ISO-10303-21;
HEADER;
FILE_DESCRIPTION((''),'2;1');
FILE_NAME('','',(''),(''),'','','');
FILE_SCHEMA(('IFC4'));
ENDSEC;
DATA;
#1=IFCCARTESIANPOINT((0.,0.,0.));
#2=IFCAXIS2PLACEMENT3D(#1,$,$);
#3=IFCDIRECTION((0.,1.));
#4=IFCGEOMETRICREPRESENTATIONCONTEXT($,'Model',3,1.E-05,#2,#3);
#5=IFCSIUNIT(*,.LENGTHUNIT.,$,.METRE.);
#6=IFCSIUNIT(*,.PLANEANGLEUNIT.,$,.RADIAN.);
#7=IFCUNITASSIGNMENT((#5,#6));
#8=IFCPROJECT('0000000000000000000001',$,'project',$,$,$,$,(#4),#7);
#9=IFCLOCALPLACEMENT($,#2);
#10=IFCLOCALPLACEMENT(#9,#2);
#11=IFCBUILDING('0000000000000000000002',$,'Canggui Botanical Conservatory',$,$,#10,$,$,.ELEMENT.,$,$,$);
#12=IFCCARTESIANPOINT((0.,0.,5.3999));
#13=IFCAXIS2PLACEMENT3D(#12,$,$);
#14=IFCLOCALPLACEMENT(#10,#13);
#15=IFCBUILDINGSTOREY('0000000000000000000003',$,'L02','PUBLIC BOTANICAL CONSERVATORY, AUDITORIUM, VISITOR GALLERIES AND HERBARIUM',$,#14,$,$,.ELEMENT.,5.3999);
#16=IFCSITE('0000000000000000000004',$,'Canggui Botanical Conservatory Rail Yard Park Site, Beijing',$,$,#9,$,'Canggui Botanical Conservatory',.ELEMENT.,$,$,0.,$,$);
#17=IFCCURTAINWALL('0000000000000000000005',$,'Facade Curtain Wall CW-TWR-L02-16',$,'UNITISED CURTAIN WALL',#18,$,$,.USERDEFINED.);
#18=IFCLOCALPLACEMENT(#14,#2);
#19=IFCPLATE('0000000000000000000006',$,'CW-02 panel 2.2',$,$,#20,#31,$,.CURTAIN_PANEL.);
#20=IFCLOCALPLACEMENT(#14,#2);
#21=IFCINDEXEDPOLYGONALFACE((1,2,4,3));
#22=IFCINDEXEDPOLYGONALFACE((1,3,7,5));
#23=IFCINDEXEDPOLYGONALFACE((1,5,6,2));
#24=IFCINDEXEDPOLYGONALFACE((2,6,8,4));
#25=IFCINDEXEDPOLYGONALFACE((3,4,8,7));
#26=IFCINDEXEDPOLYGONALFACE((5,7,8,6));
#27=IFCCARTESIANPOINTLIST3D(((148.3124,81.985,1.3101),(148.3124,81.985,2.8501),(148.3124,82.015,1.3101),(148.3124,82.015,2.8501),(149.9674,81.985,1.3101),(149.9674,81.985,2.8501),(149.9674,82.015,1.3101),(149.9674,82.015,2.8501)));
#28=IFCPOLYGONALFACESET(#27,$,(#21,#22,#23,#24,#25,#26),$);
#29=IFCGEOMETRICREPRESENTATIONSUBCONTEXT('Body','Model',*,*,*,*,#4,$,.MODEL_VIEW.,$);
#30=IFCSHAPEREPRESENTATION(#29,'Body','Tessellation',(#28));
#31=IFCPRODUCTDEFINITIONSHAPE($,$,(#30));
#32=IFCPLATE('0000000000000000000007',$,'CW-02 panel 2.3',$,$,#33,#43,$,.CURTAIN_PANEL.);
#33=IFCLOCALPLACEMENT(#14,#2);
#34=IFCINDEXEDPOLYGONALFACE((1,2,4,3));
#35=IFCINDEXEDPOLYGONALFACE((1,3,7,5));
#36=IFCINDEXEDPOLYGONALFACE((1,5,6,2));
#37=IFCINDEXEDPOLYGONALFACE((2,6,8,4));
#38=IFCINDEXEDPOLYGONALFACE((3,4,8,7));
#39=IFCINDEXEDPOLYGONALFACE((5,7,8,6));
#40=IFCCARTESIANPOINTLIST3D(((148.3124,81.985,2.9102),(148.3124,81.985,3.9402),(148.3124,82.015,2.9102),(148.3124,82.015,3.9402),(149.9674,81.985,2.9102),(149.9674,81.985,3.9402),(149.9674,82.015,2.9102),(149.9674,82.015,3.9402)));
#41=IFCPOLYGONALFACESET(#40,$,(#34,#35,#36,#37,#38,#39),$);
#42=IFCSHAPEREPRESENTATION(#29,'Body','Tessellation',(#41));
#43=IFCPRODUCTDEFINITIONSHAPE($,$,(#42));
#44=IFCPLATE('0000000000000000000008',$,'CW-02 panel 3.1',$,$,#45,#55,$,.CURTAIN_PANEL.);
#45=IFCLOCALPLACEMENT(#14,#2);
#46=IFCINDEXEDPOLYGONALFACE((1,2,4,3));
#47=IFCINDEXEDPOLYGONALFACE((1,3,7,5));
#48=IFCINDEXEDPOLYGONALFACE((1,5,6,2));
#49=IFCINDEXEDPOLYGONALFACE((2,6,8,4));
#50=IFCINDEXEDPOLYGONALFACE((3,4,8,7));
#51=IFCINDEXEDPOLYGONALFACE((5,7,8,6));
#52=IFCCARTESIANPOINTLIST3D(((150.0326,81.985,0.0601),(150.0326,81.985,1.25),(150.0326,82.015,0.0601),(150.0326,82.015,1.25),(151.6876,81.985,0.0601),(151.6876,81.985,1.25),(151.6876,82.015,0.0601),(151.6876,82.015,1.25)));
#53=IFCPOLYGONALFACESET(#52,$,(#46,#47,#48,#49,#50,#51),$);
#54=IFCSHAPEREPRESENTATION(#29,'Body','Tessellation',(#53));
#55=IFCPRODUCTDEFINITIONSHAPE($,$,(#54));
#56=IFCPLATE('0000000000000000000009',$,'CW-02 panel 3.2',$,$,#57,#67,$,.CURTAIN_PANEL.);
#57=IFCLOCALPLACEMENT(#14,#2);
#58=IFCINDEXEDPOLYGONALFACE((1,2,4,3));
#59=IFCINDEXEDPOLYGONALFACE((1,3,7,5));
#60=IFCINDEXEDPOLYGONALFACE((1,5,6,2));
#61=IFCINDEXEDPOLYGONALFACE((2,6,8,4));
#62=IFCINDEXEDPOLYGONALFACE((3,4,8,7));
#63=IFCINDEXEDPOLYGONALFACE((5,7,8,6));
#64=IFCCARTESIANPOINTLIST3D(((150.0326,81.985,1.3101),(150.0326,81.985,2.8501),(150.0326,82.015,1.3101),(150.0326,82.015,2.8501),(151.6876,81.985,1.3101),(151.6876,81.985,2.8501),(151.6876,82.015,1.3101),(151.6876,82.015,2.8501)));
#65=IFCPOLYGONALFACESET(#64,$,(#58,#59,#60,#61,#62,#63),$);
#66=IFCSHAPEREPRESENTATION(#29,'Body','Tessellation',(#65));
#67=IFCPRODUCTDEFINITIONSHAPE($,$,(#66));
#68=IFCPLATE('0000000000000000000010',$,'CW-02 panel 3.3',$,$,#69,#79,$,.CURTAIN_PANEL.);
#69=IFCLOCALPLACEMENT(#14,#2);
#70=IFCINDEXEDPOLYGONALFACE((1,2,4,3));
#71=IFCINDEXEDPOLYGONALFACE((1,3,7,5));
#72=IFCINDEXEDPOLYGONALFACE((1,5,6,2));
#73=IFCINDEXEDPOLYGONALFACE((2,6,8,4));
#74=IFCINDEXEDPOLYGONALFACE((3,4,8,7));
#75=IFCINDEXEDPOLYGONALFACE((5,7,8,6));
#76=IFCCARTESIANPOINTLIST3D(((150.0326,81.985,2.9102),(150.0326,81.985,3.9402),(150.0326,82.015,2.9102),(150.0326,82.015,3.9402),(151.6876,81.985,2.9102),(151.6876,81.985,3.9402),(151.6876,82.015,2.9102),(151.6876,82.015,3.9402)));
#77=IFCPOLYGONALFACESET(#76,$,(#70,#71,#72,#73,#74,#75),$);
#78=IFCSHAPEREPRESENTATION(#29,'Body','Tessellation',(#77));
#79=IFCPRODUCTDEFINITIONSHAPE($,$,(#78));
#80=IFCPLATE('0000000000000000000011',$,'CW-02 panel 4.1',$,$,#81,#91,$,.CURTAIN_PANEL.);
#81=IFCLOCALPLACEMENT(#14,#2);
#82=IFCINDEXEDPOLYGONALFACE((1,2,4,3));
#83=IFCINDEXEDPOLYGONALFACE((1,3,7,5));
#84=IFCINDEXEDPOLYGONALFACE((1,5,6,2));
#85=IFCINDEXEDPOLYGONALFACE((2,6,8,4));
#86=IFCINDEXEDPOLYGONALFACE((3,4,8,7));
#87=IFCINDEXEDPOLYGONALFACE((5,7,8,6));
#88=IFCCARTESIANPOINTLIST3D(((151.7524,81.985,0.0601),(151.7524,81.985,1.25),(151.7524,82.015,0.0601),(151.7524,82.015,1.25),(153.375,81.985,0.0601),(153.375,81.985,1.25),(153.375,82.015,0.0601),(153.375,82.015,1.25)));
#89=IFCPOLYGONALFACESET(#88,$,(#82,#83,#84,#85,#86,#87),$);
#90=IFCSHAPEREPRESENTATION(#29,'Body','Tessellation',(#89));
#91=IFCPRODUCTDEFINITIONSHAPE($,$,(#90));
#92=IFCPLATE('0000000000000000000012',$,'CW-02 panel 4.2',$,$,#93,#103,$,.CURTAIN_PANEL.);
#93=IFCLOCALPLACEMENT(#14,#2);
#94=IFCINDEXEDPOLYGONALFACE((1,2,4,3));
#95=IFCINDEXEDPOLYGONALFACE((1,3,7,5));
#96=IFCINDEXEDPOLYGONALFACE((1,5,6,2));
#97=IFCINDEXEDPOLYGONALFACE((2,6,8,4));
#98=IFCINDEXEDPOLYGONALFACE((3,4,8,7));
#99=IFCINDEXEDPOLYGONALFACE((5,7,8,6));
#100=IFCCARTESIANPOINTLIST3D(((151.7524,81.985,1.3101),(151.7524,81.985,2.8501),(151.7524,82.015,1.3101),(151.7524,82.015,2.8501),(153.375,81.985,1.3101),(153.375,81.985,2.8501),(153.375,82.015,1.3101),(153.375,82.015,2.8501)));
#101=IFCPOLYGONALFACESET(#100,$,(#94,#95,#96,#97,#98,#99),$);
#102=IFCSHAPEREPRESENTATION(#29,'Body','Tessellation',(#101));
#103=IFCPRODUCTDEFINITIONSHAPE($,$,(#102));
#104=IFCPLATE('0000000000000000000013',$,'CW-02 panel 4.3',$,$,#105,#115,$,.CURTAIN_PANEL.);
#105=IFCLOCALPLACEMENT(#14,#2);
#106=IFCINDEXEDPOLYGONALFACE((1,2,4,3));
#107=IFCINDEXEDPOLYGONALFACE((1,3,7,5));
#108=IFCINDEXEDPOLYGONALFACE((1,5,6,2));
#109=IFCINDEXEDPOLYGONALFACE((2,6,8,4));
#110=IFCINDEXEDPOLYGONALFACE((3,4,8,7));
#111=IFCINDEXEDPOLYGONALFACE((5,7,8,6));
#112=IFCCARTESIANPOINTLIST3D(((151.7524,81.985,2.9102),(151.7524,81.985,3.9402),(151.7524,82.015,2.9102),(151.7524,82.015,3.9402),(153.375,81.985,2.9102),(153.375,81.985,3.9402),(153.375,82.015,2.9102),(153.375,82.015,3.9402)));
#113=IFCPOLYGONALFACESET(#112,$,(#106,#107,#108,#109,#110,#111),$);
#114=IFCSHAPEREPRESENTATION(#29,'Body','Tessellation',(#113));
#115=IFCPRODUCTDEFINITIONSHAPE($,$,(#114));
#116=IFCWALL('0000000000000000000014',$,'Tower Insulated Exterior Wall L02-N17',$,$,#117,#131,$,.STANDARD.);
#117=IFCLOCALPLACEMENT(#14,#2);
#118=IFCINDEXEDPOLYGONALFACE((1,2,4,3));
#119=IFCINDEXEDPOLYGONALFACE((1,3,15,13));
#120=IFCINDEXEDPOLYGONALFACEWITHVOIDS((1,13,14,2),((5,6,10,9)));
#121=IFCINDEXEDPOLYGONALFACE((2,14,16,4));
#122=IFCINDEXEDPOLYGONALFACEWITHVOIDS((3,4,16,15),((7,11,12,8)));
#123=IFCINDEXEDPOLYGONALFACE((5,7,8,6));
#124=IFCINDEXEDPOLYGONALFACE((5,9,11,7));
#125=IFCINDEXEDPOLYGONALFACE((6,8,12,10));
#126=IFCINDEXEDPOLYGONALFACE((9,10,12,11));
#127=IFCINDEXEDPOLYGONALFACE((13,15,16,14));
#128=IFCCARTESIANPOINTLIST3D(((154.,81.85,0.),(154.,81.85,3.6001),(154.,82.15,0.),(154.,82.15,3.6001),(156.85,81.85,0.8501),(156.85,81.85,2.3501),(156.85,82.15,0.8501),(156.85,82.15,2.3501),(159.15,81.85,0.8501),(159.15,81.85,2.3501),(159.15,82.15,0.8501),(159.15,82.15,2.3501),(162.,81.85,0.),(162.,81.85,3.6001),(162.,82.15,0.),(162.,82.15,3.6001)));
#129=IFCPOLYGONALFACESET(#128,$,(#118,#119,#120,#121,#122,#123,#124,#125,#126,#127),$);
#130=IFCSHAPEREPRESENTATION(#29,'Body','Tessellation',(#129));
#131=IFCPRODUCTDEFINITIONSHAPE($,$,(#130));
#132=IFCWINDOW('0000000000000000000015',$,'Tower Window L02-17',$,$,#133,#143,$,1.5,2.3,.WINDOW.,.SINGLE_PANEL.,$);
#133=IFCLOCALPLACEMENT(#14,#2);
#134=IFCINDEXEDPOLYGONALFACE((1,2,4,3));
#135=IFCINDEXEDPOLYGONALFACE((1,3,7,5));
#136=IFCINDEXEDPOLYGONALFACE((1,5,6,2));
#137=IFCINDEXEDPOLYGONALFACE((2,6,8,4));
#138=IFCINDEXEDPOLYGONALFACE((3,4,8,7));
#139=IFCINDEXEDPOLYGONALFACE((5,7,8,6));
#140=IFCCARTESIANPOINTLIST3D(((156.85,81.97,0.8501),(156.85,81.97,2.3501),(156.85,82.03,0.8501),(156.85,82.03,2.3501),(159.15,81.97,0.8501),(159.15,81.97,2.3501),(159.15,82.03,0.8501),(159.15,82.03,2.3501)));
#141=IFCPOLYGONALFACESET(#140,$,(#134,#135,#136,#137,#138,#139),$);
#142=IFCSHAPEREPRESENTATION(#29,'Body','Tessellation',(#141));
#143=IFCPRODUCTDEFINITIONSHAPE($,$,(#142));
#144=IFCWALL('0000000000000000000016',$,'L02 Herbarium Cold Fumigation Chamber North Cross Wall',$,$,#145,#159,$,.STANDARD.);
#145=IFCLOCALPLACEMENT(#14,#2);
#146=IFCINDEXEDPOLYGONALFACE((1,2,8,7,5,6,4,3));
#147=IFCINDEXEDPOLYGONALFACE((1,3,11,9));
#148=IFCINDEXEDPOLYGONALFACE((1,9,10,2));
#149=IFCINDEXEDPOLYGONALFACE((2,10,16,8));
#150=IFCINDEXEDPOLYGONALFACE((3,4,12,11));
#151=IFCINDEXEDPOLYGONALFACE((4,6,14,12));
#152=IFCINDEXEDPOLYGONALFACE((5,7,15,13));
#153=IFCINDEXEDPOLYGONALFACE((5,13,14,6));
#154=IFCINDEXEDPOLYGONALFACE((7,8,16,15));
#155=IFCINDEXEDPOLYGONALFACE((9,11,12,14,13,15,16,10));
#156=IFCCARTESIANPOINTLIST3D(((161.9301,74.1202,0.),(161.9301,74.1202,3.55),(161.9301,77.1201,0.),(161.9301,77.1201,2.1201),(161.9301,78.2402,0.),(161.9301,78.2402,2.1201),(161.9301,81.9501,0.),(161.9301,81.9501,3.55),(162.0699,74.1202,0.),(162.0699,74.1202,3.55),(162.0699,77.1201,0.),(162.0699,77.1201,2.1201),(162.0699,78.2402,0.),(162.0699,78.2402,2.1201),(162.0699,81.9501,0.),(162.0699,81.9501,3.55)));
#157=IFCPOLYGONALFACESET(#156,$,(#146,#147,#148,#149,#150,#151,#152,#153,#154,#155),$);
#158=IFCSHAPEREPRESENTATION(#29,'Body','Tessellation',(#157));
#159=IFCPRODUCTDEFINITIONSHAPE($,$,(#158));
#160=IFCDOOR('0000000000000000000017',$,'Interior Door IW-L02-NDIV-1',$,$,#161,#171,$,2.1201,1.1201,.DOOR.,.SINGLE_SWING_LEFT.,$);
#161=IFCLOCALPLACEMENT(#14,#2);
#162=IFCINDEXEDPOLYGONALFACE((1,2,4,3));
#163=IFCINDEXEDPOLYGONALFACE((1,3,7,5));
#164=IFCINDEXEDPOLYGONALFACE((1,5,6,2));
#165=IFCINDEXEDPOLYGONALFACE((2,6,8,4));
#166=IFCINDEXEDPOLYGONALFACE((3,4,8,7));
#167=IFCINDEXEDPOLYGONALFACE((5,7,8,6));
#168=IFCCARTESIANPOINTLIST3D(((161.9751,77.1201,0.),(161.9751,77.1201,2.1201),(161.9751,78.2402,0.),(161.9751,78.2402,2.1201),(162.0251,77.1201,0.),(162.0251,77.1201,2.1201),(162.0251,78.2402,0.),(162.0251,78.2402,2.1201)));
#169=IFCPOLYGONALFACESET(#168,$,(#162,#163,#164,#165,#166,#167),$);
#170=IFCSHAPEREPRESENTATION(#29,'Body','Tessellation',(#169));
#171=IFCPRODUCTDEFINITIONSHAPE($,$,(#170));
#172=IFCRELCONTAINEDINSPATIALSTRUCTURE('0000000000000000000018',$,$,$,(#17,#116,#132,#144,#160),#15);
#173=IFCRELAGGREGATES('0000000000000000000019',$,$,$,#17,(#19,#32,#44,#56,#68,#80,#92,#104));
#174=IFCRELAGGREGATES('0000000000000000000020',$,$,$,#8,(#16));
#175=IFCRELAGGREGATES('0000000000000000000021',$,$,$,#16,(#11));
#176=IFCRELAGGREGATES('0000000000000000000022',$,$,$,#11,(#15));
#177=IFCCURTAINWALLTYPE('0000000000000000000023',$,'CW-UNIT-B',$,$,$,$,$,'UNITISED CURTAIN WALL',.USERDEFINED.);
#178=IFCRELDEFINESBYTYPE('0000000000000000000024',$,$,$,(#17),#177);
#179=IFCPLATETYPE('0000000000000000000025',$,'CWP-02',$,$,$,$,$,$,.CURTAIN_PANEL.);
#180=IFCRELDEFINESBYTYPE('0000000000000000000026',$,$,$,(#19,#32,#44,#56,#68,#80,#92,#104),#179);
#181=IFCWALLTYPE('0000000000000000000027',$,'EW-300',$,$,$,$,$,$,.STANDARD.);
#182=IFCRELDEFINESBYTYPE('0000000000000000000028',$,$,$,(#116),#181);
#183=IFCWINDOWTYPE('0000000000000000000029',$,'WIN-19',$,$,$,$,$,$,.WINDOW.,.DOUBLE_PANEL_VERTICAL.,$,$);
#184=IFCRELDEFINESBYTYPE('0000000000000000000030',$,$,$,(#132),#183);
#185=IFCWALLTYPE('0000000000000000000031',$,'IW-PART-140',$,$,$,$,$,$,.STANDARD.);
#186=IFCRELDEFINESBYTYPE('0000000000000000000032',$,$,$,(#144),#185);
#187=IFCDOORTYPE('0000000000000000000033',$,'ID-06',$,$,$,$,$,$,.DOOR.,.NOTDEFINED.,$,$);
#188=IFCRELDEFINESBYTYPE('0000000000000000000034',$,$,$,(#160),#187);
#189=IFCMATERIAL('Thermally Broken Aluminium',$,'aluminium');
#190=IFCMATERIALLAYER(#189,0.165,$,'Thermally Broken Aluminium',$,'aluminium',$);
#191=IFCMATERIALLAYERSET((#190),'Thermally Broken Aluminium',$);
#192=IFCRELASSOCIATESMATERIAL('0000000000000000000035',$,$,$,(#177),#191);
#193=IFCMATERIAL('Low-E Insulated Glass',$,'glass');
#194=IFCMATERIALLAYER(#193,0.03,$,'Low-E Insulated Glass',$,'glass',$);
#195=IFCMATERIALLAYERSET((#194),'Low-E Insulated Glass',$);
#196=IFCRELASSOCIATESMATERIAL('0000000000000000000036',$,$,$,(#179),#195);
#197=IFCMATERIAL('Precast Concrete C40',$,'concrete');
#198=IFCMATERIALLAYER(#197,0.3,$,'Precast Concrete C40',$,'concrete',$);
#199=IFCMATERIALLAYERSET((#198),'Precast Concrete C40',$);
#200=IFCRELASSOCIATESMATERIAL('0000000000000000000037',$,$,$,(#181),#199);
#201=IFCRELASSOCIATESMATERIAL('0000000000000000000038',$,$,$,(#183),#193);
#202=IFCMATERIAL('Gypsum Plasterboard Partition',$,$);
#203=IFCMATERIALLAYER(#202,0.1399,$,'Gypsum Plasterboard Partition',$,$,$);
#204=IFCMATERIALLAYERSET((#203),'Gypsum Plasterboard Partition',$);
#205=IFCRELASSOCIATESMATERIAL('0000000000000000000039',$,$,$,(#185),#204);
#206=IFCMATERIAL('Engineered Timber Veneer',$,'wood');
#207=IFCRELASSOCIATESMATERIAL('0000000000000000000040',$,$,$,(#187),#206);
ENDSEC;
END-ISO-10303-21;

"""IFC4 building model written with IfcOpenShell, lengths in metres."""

from ifc_helpers import new_model, si_unit, direction, frame, frame_2d, origin, origin_2d, place, context, subcontext, project, spatial, rectangle, extrude, material, layer, layer_set, type_object, element, fill, aggregate, save


model = new_model("IFC4")

# Units and contexts
model_context = context("Model", 3, precision=1e-05, world=origin(), true_north=direction((0.0, 1.0)))
body_context = subcontext(model_context, "Body", "Model", "MODEL_VIEW")
ifc_project = project(units=[si_unit("LENGTHUNIT", "METRE"), si_unit("PLANEANGLEUNIT", "RADIAN")], contexts=[model_context])

# Site, building, storey
site_placement = place(None, origin())
site = spatial("IfcSite", under=ifc_project, at=site_placement, Name="Canggui Botanical Conservatory Rail Yard Park Site, Beijing", LongName="Canggui Botanical Conservatory", CompositionType="ELEMENT", RefElevation=0.0)
building_placement = place(site_placement, origin())
building = spatial("IfcBuilding", under=site, at=building_placement, Name="Canggui Botanical Conservatory", CompositionType="ELEMENT")
storey_placement = place(building_placement, frame((0.0, 0.0, 5.3999)))
storey = spatial("IfcBuildingStorey", under=building, at=storey_placement, Name="L02", Description="PUBLIC BOTANICAL CONSERVATORY, AUDITORIUM, VISITOR GALLERIES AND HERBARIUM", CompositionType="ELEMENT", Elevation=5.3999)

# Curtain wall, plates
ifc_material_1 = material(Name="Thermally Broken Aluminium", Category="aluminium")
ifc_layer_1 = layer(ifc_material_1, 0.165, Name="Thermally Broken Aluminium", Category="aluminium")
ifc_layer_set_1 = layer_set([ifc_layer_1], Name="Thermally Broken Aluminium")
curtain_wall_type = type_object("IfcCurtainWallType", Name="CW-UNIT-B", ElementType="UNITISED CURTAIN WALL", PredefinedType="USERDEFINED", material=ifc_layer_set_1)
curtain_wall_placement = place(storey_placement, origin())
curtain_wall = element("IfcCurtainWall", 1, at=curtain_wall_placement, inside=storey, type_object=curtain_wall_type, Name="Facade Curtain Wall CW-TWR-L02-16", ObjectType="UNITISED CURTAIN WALL", PredefinedType="USERDEFINED")
ifc_material_2 = material(Name="Low-E Insulated Glass", Category="glass")
ifc_layer_2 = layer(ifc_material_2, 0.03, Name="Low-E Insulated Glass", Category="glass")
ifc_layer_set_2 = layer_set([ifc_layer_2], Name="Low-E Insulated Glass")
plate_type = type_object("IfcPlateType", Name="CWP-02", PredefinedType="CURTAIN_PANEL", material=ifc_layer_set_2)
plate_1_placement = place(storey_placement, frame((149.1399, 82.0, 1.3101), z_axis=(0.0, 0.0, 1.0), x_axis=(1.0, 0.0, 0.0)))
plate_1 = element("IfcPlate", 2, at=plate_1_placement, type_object=plate_type, Name="CW-02 panel 2.2", PredefinedType="CURTAIN_PANEL", context=body_context, shape_type="SweptSolid", body=[
    extrude(rectangle(XDim=1.655, YDim=0.03, at=origin_2d()), origin(), (0.0, 0.0, 1.0), 1.54),
])
plate_2_placement = place(storey_placement, frame((149.1399, 82.0, 2.9102), z_axis=(0.0, 0.0, 1.0), x_axis=(1.0, 0.0, 0.0)))
plate_2 = element("IfcPlate", 3, at=plate_2_placement, type_object=plate_type, Name="CW-02 panel 2.3", PredefinedType="CURTAIN_PANEL", context=body_context, shape_type="SweptSolid", body=[
    extrude(rectangle(XDim=1.655, YDim=0.03, at=origin_2d()), origin(), (0.0, 0.0, 1.0), 1.03),
])
plate_3_placement = place(storey_placement, frame((150.8601, 82.0, 0.0601), z_axis=(0.0, 0.0, 1.0), x_axis=(1.0, 0.0, 0.0)))
plate_3 = element("IfcPlate", 4, at=plate_3_placement, type_object=plate_type, Name="CW-02 panel 3.1", PredefinedType="CURTAIN_PANEL", context=body_context, shape_type="SweptSolid", body=[
    extrude(rectangle(XDim=1.655, YDim=0.03, at=origin_2d()), origin(), (0.0, 0.0, 1.0), 1.1899),
])
plate_4_placement = place(storey_placement, frame((150.8601, 82.0, 1.3101), z_axis=(0.0, 0.0, 1.0), x_axis=(1.0, 0.0, 0.0)))
plate_4 = element("IfcPlate", 5, at=plate_4_placement, type_object=plate_type, Name="CW-02 panel 3.2", PredefinedType="CURTAIN_PANEL", context=body_context, shape_type="SweptSolid", body=[
    extrude(rectangle(XDim=1.655, YDim=0.03, at=origin_2d()), origin(), (0.0, 0.0, 1.0), 1.54),
])
plate_5_placement = place(storey_placement, frame((150.8601, 82.0, 2.9102), z_axis=(0.0, 0.0, 1.0), x_axis=(1.0, 0.0, 0.0)))
plate_5 = element("IfcPlate", 6, at=plate_5_placement, type_object=plate_type, Name="CW-02 panel 3.3", PredefinedType="CURTAIN_PANEL", context=body_context, shape_type="SweptSolid", body=[
    extrude(rectangle(XDim=1.655, YDim=0.03, at=origin_2d()), origin(), (0.0, 0.0, 1.0), 1.03),
])
plate_6_placement = place(storey_placement, frame((152.5637, 82.0, 0.0601), z_axis=(0.0, 0.0, 1.0), x_axis=(1.0, 0.0, 0.0)))
plate_6 = element("IfcPlate", 7, at=plate_6_placement, type_object=plate_type, Name="CW-02 panel 4.1", PredefinedType="CURTAIN_PANEL", context=body_context, shape_type="SweptSolid", body=[
    extrude(rectangle(XDim=1.6226, YDim=0.03, at=origin_2d()), origin(), (0.0, 0.0, 1.0), 1.1899),
])
plate_7_placement = place(storey_placement, frame((152.5637, 82.0, 1.3101), z_axis=(0.0, 0.0, 1.0), x_axis=(1.0, 0.0, 0.0)))
plate_7 = element("IfcPlate", 8, at=plate_7_placement, type_object=plate_type, Name="CW-02 panel 4.2", PredefinedType="CURTAIN_PANEL", context=body_context, shape_type="SweptSolid", body=[
    extrude(rectangle(XDim=1.6226, YDim=0.03, at=origin_2d()), origin(), (0.0, 0.0, 1.0), 1.54),
])
plate_8_placement = place(storey_placement, frame((152.5637, 82.0, 2.9102), z_axis=(0.0, 0.0, 1.0), x_axis=(1.0, 0.0, 0.0)))
plate_8 = element("IfcPlate", 9, at=plate_8_placement, type_object=plate_type, Name="CW-02 panel 4.3", PredefinedType="CURTAIN_PANEL", context=body_context, shape_type="SweptSolid", body=[
    extrude(rectangle(XDim=1.6226, YDim=0.03, at=origin_2d()), origin(), (0.0, 0.0, 1.0), 1.03),
])
aggregate(curtain_wall, [plate_1, plate_2, plate_3, plate_4, plate_5, plate_6, plate_7, plate_8])

# Wall, opening, window
ifc_material_3 = material(Name="Precast Concrete C40", Category="concrete")
ifc_layer_3 = layer(ifc_material_3, 0.3, Name="Precast Concrete C40", Category="concrete")
ifc_layer_set_3 = layer_set([ifc_layer_3], Name="Precast Concrete C40")
wall_type_1 = type_object("IfcWallType", Name="EW-300", PredefinedType="STANDARD", material=ifc_layer_set_3)
wall_1_placement = place(storey_placement, frame((154.0, 82.0, 0.0), z_axis=(0.0, 0.0, 1.0), x_axis=(1.0, 0.0, 0.0)))
wall_1 = element("IfcWall", 10, at=wall_1_placement, inside=storey, type_object=wall_type_1, Name="Tower Insulated Exterior Wall L02-N17", PredefinedType="STANDARD", context=body_context, shape_type="SweptSolid", body=[
    extrude(rectangle(XDim=8.0, YDim=0.3, at=frame_2d((4.0, 0.0))), origin(), (0.0, 0.0, 1.0), 3.6001),
])
opening_1_placement = place(wall_1_placement, frame((2.8501, 0.0, 0.8501)))
opening_1 = element("IfcOpeningElement", 11, at=opening_1_placement, cuts=wall_1, PredefinedType="OPENING", context=body_context, shape_type="SweptSolid", body=[
    extrude(rectangle(XDim=2.3, YDim=1.5, at=frame_2d((1.1499, 0.75))), frame((0.0, 0.1602, 0.0), z_axis=(0.0, -1.0, 0.0), x_axis=(1.0, 0.0, 0.0)), (0.0, 0.0, 1.0), 0.3201),
])
window_type = type_object("IfcWindowType", Name="WIN-19", PartitioningType="DOUBLE_PANEL_VERTICAL", PredefinedType="WINDOW", material=ifc_material_2)
window_placement = place(opening_1_placement, origin())
window = element("IfcWindow", 12, at=window_placement, inside=storey, type_object=window_type, Name="Tower Window L02-17", OverallHeight=1.5, OverallWidth=2.3, PartitioningType="SINGLE_PANEL", PredefinedType="WINDOW", context=body_context, shape_type="SweptSolid", body=[
    extrude(rectangle(XDim=2.3, YDim=1.5, at=frame_2d((1.1499, 0.75))), frame((0.0, 0.03, 0.0), z_axis=(0.0, -1.0, 0.0), x_axis=(1.0, 0.0, 0.0)), (0.0, 0.0, 1.0), 0.0601),
])
fill(opening_1, window)

# Wall, opening, door
ifc_material_4 = material(Name="Gypsum Plasterboard Partition")
ifc_layer_4 = layer(ifc_material_4, 0.1399, Name="Gypsum Plasterboard Partition")
ifc_layer_set_4 = layer_set([ifc_layer_4], Name="Gypsum Plasterboard Partition")
wall_type_2 = type_object("IfcWallType", Name="IW-PART-140", PredefinedType="STANDARD", material=ifc_layer_set_4)
wall_2_placement = place(storey_placement, frame((162.0, 74.1201, 0.0), z_axis=(0.0, 0.0, 1.0), x_axis=(0.0, 1.0, 0.0)))
wall_2 = element("IfcWall", 13, at=wall_2_placement, inside=storey, type_object=wall_type_2, Name="L02 Herbarium Cold Fumigation Chamber North Cross Wall", PredefinedType="STANDARD", context=body_context, shape_type="SweptSolid", body=[
    extrude(rectangle(XDim=7.8298, YDim=0.1399, at=frame_2d((3.915, 0.0))), origin(), (0.0, 0.0, 1.0), 3.55),
])
opening_2_placement = place(wall_2_placement, frame((3.0, 0.0, 0.0)))
opening_2 = element("IfcOpeningElement", 14, at=opening_2_placement, cuts=wall_2, PredefinedType="OPENING", context=body_context, shape_type="SweptSolid", body=[
    extrude(rectangle(XDim=1.1201, YDim=2.1201, at=frame_2d((0.5601, 1.0601))), frame((0.0, 0.0801, 0.0), z_axis=(0.0, -1.0, 0.0), x_axis=(1.0, 0.0, 0.0)), (0.0, 0.0, 1.0), 0.1599),
])
ifc_material_5 = material(Name="Engineered Timber Veneer", Category="wood")
door_type = type_object("IfcDoorType", Name="ID-06", OperationType="NOTDEFINED", PredefinedType="DOOR", material=ifc_material_5)
door_placement = place(opening_2_placement, origin())
door = element("IfcDoor", 15, at=door_placement, inside=storey, type_object=door_type, Name="Interior Door IW-L02-NDIV-1", OperationType="SINGLE_SWING_LEFT", OverallHeight=2.1201, OverallWidth=1.1201, PredefinedType="DOOR", context=body_context, shape_type="SweptSolid", body=[
    extrude(rectangle(XDim=1.1201, YDim=2.1201, at=frame_2d((0.5601, 1.0601))), frame((0.0, 0.0249, 0.0), z_axis=(0.0, -1.0, 0.0), x_axis=(1.0, 0.0, 0.0)), (0.0, 0.0, 1.0), 0.05),
])
fill(opening_2, door)

save(model, "model.ifc")
